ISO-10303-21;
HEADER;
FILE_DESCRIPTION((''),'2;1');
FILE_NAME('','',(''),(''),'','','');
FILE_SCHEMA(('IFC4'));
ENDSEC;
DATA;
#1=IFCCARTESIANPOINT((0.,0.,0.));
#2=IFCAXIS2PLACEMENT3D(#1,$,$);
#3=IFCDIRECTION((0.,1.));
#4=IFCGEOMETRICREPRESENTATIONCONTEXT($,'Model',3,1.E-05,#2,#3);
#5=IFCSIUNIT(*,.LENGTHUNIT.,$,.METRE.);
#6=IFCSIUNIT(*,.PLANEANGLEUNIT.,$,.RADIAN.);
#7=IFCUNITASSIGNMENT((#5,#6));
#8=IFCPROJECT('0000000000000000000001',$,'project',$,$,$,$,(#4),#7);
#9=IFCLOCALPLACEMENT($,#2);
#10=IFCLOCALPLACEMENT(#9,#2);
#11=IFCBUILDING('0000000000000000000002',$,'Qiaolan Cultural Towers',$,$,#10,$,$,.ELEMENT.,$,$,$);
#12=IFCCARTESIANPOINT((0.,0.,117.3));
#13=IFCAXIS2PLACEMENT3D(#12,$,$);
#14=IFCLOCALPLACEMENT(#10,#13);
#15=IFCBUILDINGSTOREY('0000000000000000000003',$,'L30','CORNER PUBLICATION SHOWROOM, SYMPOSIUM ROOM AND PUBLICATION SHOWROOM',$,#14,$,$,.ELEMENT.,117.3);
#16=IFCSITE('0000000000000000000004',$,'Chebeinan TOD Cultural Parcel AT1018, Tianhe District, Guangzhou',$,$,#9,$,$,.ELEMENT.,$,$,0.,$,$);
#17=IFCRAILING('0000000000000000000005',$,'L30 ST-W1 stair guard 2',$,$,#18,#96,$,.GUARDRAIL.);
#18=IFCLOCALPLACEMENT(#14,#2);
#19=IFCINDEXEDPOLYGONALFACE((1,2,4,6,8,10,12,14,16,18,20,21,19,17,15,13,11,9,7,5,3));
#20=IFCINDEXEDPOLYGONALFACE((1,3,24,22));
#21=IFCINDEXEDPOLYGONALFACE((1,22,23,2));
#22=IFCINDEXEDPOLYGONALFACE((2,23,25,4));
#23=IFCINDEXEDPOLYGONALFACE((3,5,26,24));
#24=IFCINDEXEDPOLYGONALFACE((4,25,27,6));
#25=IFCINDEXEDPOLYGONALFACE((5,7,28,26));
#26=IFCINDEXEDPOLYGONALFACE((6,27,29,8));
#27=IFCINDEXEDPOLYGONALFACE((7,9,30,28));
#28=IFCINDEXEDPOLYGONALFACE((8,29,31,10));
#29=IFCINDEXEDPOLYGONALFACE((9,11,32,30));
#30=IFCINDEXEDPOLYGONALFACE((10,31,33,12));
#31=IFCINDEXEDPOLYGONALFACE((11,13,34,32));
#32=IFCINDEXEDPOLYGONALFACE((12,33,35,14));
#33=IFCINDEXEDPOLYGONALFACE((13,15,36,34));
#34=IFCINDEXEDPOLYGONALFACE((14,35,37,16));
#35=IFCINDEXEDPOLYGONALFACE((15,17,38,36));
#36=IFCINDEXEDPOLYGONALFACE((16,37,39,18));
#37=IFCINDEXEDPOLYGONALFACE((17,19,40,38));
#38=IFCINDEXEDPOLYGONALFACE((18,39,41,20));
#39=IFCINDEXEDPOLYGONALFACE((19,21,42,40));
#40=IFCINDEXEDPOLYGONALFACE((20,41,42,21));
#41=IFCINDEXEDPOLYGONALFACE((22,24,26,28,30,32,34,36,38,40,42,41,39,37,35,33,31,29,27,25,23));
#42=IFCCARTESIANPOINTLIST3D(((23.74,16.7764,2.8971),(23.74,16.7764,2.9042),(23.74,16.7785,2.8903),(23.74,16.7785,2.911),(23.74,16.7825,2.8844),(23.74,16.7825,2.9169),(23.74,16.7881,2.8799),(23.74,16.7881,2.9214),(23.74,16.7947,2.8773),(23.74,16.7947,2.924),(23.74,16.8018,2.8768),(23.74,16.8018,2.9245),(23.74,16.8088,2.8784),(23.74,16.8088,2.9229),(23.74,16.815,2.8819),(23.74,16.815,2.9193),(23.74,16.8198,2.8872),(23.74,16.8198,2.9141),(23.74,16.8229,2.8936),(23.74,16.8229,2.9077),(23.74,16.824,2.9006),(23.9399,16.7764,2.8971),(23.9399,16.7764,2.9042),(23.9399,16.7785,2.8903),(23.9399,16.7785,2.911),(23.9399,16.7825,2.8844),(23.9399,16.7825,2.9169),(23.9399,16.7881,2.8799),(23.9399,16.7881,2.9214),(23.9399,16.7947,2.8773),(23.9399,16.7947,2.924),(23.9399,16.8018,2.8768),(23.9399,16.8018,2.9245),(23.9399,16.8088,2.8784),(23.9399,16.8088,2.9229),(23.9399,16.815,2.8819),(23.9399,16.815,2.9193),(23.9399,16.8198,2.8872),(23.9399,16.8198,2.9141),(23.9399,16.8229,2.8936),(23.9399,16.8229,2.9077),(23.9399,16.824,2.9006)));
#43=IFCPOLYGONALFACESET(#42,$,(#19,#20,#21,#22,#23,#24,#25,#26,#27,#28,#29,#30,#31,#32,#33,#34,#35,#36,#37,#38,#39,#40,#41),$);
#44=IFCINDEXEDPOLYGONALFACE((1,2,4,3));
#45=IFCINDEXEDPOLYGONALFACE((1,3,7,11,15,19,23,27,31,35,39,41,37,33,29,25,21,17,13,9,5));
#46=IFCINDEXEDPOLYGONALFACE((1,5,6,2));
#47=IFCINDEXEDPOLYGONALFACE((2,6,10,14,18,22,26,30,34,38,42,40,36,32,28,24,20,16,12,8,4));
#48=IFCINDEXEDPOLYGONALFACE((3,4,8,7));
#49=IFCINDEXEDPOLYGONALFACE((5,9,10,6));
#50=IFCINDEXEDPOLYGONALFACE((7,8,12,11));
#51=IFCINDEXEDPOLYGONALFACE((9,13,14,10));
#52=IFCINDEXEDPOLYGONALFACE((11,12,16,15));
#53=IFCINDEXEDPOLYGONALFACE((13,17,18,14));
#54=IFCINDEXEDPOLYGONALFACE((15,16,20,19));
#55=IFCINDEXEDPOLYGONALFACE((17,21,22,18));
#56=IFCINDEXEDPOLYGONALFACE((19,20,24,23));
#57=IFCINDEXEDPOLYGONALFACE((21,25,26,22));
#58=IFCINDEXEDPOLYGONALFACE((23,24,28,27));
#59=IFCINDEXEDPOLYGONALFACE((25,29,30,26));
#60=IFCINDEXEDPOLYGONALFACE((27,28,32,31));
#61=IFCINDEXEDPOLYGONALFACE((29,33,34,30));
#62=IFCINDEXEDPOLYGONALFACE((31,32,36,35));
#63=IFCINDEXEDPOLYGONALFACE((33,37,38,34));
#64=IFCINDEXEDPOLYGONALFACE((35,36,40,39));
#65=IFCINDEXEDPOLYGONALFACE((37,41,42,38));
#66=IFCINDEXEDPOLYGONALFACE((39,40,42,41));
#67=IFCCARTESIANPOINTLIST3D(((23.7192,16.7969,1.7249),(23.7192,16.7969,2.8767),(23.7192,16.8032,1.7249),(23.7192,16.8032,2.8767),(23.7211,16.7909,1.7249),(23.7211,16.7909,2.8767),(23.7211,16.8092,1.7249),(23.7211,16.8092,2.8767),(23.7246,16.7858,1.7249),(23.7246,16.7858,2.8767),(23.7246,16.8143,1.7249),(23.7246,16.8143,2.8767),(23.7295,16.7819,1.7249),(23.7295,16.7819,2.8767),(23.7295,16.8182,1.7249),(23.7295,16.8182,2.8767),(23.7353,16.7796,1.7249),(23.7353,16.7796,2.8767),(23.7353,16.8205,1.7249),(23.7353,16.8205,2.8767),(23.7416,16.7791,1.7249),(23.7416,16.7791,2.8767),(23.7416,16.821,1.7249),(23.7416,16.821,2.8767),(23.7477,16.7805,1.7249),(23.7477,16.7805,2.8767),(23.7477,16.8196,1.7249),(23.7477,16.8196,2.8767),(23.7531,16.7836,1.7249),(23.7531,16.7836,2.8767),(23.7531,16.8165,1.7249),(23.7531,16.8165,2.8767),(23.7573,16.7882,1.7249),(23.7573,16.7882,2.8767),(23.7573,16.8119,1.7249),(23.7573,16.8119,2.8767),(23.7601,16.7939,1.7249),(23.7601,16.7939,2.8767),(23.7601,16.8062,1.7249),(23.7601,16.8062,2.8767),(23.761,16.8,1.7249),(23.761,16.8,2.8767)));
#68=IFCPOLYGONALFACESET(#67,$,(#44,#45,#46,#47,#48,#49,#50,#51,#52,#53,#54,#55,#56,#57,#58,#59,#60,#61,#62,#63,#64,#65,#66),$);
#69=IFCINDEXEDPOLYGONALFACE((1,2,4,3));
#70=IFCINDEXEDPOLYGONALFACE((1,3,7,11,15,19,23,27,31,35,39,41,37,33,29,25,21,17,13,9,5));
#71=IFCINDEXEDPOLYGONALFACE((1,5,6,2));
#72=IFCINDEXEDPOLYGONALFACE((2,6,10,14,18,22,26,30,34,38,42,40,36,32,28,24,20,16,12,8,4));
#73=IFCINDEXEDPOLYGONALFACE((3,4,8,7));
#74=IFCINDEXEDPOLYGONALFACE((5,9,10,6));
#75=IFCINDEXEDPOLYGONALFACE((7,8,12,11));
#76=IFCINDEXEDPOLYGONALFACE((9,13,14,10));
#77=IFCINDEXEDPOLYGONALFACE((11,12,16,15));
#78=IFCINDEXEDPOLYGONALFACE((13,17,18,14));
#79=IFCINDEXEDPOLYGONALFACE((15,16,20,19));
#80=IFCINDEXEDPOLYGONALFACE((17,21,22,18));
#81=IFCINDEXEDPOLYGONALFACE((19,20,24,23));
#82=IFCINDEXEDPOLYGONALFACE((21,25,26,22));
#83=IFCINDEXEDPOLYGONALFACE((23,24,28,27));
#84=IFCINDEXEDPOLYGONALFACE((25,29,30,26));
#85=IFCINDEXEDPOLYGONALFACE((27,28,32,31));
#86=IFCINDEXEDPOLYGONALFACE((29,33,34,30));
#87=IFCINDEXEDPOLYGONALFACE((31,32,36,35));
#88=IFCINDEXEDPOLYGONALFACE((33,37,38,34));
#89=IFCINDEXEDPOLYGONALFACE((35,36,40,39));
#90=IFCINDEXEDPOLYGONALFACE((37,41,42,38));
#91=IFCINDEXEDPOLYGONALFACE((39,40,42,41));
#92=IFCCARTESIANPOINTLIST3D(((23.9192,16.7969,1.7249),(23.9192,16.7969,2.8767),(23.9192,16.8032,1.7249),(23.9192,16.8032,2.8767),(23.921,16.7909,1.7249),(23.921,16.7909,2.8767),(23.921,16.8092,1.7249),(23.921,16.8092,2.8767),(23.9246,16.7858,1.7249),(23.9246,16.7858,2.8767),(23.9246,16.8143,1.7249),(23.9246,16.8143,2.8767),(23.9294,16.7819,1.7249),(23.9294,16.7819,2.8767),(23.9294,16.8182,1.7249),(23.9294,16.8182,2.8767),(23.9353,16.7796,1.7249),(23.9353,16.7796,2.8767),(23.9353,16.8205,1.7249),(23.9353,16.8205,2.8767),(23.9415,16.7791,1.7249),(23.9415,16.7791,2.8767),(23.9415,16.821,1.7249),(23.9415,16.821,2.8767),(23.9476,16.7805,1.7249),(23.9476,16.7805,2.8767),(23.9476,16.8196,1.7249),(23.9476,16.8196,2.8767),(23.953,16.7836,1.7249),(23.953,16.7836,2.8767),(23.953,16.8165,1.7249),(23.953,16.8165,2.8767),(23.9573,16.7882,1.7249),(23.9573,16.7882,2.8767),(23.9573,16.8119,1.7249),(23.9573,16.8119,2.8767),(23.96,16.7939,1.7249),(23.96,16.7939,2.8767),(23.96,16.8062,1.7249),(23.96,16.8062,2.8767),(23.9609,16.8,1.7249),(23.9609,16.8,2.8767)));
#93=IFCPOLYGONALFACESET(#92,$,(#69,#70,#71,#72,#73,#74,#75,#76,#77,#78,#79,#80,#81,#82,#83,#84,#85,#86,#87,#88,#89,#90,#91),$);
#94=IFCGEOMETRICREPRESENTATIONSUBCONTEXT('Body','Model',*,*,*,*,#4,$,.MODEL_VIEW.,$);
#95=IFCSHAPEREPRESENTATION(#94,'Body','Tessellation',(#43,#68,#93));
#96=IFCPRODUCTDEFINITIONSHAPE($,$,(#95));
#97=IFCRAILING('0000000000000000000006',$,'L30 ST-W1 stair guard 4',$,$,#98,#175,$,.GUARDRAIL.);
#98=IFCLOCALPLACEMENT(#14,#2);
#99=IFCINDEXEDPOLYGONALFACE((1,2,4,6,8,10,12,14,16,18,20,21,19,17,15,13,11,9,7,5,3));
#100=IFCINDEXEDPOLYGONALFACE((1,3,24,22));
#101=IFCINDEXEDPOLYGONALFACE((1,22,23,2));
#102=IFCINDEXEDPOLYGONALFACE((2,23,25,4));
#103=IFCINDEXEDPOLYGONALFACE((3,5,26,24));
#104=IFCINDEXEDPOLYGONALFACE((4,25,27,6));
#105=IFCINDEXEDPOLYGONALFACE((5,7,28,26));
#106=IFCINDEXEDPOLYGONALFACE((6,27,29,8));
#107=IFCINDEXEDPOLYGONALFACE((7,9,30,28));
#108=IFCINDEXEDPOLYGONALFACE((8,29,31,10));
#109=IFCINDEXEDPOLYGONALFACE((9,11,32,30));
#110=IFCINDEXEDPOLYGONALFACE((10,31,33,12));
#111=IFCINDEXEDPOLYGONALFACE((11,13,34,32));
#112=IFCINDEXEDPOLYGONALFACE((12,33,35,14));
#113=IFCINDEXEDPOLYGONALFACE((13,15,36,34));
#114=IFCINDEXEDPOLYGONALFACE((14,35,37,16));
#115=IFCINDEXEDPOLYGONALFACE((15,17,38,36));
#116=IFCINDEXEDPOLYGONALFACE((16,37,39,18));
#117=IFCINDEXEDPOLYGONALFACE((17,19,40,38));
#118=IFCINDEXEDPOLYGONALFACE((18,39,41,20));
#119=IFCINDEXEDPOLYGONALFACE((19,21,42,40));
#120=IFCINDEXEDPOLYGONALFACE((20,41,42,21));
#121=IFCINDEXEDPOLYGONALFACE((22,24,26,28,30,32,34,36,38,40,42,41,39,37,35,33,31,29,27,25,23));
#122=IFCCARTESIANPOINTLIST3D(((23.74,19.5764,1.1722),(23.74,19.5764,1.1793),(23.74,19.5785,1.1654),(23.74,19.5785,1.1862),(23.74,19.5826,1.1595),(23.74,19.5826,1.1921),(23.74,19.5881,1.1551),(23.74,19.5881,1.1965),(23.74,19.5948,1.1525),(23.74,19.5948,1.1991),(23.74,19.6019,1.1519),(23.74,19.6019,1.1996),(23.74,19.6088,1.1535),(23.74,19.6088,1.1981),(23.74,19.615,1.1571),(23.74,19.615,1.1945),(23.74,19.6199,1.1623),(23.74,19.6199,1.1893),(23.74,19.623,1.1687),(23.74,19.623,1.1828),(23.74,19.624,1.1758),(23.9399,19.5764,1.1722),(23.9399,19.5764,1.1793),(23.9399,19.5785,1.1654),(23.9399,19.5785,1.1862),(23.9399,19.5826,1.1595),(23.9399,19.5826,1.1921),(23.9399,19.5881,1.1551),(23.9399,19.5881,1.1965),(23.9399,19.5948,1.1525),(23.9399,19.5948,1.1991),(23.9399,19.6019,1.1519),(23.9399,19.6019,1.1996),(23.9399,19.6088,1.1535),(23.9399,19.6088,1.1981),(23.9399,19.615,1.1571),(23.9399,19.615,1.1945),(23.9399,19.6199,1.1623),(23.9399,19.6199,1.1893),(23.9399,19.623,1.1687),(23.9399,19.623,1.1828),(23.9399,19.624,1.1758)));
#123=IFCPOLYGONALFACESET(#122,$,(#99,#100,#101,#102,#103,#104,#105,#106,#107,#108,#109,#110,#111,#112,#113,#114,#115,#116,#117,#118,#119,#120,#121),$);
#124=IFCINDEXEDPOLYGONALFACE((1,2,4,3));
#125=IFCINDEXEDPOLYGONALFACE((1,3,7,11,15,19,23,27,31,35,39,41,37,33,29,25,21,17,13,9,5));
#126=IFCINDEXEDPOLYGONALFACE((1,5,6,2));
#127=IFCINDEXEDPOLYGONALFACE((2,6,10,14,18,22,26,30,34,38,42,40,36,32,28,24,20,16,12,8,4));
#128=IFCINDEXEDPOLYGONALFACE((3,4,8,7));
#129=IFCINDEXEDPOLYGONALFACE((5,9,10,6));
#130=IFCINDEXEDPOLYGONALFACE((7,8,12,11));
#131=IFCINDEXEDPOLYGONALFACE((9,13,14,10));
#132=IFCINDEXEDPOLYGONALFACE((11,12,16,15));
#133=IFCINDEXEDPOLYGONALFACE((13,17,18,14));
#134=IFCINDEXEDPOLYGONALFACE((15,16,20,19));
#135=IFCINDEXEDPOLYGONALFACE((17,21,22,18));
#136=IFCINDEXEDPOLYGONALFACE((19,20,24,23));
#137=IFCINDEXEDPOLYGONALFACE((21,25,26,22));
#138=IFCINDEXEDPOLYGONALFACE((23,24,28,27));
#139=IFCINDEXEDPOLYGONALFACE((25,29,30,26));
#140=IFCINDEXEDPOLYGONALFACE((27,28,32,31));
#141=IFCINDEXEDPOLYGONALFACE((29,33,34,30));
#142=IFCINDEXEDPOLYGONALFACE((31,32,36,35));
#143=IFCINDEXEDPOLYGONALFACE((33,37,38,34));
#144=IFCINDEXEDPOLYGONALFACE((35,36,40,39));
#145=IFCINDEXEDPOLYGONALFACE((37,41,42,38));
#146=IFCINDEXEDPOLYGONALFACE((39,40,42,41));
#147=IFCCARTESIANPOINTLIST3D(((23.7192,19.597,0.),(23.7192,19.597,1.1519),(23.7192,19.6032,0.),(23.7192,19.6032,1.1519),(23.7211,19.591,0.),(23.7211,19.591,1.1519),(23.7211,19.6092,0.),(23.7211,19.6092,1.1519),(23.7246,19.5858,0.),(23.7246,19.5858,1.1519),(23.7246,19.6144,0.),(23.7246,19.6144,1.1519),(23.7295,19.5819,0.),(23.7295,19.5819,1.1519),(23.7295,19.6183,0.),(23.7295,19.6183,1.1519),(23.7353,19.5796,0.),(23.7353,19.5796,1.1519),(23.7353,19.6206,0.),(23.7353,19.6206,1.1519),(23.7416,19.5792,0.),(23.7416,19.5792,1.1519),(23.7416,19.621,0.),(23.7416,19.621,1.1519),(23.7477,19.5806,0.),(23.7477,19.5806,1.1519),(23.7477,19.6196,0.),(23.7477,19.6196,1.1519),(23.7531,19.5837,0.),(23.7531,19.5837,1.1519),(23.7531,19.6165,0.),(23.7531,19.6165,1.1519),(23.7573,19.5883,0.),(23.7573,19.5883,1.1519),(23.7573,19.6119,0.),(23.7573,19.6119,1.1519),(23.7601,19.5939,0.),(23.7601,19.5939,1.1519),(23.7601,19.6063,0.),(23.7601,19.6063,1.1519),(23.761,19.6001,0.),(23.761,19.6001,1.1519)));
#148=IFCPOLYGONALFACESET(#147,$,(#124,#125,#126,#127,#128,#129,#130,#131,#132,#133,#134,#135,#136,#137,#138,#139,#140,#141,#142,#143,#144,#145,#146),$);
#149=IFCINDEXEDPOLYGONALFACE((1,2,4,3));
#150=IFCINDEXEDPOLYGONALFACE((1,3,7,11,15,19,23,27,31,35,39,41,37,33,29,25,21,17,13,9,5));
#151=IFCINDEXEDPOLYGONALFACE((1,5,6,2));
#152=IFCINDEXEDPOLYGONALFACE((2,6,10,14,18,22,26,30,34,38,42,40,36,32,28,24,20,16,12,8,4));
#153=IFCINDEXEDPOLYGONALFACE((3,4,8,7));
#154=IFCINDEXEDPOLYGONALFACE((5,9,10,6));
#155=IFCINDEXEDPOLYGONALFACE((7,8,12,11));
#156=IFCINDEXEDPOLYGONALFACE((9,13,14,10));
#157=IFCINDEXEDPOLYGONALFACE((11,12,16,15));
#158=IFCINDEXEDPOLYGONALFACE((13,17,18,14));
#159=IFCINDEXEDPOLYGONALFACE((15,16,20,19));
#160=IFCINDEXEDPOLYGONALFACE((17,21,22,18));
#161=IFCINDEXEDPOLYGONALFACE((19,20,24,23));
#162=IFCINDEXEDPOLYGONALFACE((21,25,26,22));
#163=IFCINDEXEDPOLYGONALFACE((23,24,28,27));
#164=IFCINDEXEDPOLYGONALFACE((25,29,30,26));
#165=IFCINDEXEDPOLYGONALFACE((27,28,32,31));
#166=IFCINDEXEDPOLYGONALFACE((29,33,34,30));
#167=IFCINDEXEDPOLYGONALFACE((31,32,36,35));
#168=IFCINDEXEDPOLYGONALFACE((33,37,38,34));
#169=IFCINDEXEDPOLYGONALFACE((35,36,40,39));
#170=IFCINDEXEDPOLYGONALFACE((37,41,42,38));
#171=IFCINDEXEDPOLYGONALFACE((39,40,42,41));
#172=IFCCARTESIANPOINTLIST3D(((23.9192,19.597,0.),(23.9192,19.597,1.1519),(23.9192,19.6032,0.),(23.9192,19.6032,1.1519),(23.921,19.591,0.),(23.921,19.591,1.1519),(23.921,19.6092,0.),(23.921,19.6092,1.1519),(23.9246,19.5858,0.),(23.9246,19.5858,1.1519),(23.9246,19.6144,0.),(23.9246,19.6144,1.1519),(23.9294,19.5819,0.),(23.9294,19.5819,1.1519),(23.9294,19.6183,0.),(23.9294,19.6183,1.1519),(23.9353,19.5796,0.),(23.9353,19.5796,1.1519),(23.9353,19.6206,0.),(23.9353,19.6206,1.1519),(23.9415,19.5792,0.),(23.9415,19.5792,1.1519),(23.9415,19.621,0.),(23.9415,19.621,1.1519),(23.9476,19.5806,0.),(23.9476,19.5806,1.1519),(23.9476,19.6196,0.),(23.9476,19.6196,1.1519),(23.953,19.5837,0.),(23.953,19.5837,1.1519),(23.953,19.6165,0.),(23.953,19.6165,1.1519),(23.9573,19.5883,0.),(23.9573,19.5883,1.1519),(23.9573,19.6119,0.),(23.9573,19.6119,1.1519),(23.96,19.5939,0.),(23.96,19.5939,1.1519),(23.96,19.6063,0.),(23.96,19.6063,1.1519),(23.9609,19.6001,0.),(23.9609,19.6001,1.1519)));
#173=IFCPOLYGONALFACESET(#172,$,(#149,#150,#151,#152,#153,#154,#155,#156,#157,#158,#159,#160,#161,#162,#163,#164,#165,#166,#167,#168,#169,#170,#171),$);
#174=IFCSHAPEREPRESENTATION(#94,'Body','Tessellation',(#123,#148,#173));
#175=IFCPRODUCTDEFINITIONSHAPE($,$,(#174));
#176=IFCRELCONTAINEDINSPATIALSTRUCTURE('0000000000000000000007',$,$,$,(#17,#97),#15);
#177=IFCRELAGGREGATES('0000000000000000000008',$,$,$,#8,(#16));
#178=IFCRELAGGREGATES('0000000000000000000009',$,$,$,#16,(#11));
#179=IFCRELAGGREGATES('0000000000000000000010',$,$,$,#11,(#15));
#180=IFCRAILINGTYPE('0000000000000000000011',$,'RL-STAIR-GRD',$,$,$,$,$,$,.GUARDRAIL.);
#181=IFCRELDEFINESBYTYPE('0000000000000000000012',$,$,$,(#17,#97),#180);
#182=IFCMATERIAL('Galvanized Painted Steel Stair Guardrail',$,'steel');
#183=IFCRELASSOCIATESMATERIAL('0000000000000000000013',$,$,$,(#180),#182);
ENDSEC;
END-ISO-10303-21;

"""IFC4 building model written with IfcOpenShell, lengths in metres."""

from ifc_helpers import new_model, si_unit, direction, frame, origin, origin_2d, place, context, subcontext, project, spatial, circle, extrude, material, type_object, element, save


model = new_model("IFC4")

# Units and contexts
model_context = context("Model", 3, precision=1e-05, world=origin(), true_north=direction((0.0, 1.0)))
body_context = subcontext(model_context, "Body", "Model", "MODEL_VIEW")
ifc_project = project(units=[si_unit("LENGTHUNIT", "METRE"), si_unit("PLANEANGLEUNIT", "RADIAN")], contexts=[model_context])

# Site, building, storey
site_placement = place(None, origin())
site = spatial("IfcSite", under=ifc_project, at=site_placement, Name="Chebeinan TOD Cultural Parcel AT1018, Tianhe District, Guangzhou", CompositionType="ELEMENT", RefElevation=0.0)
building_placement = place(site_placement, origin())
building = spatial("IfcBuilding", under=site, at=building_placement, Name="Qiaolan Cultural Towers", CompositionType="ELEMENT")
storey_placement = place(building_placement, frame((0.0, 0.0, 117.3)))
storey = spatial("IfcBuildingStorey", under=building, at=storey_placement, Name="L30", Description="CORNER PUBLICATION SHOWROOM, SYMPOSIUM ROOM AND PUBLICATION SHOWROOM", CompositionType="ELEMENT", Elevation=117.3)

# Railings
ifc_material_1 = material(Name="Galvanized Painted Steel Stair Guardrail", Category="steel")
railing_type_1 = type_object("IfcRailingType", Name="RL-STAIR-GRD", PredefinedType="GUARDRAIL", material=ifc_material_1)
for number, where, name in (
    (1, (23.74, 16.8, 1.7249), "L30 ST-W1 stair guard 2"),
    (2, (23.74, 19.6001, 0.0), "L30 ST-W1 stair guard 4"),
):
    element("IfcRailing", number, at=place(storey_placement, frame(where)), inside=storey, type_object=railing_type_1, Name=name, PredefinedType="GUARDRAIL", context=body_context, shape_type="SweptSolid", body=[
        extrude(circle(Radius=0.0239, at=origin_2d()), frame((0.0, 0.0, 1.1758), z_axis=(1.0, 0.0, 0.0), x_axis=(0.0, 1.0, 0.0)), (0.0, 0.0, 1.0), 0.2),
        extrude(circle(Radius=0.021, at=origin_2d()), origin(), (0.0, 0.0, 1.0), 1.1519),
        extrude(circle(Radius=0.021, at=origin_2d()), frame((0.2, 0.0, 0.0)), (0.0, 0.0, 1.0), 1.1519),
    ])

save(model, "model.ifc")
